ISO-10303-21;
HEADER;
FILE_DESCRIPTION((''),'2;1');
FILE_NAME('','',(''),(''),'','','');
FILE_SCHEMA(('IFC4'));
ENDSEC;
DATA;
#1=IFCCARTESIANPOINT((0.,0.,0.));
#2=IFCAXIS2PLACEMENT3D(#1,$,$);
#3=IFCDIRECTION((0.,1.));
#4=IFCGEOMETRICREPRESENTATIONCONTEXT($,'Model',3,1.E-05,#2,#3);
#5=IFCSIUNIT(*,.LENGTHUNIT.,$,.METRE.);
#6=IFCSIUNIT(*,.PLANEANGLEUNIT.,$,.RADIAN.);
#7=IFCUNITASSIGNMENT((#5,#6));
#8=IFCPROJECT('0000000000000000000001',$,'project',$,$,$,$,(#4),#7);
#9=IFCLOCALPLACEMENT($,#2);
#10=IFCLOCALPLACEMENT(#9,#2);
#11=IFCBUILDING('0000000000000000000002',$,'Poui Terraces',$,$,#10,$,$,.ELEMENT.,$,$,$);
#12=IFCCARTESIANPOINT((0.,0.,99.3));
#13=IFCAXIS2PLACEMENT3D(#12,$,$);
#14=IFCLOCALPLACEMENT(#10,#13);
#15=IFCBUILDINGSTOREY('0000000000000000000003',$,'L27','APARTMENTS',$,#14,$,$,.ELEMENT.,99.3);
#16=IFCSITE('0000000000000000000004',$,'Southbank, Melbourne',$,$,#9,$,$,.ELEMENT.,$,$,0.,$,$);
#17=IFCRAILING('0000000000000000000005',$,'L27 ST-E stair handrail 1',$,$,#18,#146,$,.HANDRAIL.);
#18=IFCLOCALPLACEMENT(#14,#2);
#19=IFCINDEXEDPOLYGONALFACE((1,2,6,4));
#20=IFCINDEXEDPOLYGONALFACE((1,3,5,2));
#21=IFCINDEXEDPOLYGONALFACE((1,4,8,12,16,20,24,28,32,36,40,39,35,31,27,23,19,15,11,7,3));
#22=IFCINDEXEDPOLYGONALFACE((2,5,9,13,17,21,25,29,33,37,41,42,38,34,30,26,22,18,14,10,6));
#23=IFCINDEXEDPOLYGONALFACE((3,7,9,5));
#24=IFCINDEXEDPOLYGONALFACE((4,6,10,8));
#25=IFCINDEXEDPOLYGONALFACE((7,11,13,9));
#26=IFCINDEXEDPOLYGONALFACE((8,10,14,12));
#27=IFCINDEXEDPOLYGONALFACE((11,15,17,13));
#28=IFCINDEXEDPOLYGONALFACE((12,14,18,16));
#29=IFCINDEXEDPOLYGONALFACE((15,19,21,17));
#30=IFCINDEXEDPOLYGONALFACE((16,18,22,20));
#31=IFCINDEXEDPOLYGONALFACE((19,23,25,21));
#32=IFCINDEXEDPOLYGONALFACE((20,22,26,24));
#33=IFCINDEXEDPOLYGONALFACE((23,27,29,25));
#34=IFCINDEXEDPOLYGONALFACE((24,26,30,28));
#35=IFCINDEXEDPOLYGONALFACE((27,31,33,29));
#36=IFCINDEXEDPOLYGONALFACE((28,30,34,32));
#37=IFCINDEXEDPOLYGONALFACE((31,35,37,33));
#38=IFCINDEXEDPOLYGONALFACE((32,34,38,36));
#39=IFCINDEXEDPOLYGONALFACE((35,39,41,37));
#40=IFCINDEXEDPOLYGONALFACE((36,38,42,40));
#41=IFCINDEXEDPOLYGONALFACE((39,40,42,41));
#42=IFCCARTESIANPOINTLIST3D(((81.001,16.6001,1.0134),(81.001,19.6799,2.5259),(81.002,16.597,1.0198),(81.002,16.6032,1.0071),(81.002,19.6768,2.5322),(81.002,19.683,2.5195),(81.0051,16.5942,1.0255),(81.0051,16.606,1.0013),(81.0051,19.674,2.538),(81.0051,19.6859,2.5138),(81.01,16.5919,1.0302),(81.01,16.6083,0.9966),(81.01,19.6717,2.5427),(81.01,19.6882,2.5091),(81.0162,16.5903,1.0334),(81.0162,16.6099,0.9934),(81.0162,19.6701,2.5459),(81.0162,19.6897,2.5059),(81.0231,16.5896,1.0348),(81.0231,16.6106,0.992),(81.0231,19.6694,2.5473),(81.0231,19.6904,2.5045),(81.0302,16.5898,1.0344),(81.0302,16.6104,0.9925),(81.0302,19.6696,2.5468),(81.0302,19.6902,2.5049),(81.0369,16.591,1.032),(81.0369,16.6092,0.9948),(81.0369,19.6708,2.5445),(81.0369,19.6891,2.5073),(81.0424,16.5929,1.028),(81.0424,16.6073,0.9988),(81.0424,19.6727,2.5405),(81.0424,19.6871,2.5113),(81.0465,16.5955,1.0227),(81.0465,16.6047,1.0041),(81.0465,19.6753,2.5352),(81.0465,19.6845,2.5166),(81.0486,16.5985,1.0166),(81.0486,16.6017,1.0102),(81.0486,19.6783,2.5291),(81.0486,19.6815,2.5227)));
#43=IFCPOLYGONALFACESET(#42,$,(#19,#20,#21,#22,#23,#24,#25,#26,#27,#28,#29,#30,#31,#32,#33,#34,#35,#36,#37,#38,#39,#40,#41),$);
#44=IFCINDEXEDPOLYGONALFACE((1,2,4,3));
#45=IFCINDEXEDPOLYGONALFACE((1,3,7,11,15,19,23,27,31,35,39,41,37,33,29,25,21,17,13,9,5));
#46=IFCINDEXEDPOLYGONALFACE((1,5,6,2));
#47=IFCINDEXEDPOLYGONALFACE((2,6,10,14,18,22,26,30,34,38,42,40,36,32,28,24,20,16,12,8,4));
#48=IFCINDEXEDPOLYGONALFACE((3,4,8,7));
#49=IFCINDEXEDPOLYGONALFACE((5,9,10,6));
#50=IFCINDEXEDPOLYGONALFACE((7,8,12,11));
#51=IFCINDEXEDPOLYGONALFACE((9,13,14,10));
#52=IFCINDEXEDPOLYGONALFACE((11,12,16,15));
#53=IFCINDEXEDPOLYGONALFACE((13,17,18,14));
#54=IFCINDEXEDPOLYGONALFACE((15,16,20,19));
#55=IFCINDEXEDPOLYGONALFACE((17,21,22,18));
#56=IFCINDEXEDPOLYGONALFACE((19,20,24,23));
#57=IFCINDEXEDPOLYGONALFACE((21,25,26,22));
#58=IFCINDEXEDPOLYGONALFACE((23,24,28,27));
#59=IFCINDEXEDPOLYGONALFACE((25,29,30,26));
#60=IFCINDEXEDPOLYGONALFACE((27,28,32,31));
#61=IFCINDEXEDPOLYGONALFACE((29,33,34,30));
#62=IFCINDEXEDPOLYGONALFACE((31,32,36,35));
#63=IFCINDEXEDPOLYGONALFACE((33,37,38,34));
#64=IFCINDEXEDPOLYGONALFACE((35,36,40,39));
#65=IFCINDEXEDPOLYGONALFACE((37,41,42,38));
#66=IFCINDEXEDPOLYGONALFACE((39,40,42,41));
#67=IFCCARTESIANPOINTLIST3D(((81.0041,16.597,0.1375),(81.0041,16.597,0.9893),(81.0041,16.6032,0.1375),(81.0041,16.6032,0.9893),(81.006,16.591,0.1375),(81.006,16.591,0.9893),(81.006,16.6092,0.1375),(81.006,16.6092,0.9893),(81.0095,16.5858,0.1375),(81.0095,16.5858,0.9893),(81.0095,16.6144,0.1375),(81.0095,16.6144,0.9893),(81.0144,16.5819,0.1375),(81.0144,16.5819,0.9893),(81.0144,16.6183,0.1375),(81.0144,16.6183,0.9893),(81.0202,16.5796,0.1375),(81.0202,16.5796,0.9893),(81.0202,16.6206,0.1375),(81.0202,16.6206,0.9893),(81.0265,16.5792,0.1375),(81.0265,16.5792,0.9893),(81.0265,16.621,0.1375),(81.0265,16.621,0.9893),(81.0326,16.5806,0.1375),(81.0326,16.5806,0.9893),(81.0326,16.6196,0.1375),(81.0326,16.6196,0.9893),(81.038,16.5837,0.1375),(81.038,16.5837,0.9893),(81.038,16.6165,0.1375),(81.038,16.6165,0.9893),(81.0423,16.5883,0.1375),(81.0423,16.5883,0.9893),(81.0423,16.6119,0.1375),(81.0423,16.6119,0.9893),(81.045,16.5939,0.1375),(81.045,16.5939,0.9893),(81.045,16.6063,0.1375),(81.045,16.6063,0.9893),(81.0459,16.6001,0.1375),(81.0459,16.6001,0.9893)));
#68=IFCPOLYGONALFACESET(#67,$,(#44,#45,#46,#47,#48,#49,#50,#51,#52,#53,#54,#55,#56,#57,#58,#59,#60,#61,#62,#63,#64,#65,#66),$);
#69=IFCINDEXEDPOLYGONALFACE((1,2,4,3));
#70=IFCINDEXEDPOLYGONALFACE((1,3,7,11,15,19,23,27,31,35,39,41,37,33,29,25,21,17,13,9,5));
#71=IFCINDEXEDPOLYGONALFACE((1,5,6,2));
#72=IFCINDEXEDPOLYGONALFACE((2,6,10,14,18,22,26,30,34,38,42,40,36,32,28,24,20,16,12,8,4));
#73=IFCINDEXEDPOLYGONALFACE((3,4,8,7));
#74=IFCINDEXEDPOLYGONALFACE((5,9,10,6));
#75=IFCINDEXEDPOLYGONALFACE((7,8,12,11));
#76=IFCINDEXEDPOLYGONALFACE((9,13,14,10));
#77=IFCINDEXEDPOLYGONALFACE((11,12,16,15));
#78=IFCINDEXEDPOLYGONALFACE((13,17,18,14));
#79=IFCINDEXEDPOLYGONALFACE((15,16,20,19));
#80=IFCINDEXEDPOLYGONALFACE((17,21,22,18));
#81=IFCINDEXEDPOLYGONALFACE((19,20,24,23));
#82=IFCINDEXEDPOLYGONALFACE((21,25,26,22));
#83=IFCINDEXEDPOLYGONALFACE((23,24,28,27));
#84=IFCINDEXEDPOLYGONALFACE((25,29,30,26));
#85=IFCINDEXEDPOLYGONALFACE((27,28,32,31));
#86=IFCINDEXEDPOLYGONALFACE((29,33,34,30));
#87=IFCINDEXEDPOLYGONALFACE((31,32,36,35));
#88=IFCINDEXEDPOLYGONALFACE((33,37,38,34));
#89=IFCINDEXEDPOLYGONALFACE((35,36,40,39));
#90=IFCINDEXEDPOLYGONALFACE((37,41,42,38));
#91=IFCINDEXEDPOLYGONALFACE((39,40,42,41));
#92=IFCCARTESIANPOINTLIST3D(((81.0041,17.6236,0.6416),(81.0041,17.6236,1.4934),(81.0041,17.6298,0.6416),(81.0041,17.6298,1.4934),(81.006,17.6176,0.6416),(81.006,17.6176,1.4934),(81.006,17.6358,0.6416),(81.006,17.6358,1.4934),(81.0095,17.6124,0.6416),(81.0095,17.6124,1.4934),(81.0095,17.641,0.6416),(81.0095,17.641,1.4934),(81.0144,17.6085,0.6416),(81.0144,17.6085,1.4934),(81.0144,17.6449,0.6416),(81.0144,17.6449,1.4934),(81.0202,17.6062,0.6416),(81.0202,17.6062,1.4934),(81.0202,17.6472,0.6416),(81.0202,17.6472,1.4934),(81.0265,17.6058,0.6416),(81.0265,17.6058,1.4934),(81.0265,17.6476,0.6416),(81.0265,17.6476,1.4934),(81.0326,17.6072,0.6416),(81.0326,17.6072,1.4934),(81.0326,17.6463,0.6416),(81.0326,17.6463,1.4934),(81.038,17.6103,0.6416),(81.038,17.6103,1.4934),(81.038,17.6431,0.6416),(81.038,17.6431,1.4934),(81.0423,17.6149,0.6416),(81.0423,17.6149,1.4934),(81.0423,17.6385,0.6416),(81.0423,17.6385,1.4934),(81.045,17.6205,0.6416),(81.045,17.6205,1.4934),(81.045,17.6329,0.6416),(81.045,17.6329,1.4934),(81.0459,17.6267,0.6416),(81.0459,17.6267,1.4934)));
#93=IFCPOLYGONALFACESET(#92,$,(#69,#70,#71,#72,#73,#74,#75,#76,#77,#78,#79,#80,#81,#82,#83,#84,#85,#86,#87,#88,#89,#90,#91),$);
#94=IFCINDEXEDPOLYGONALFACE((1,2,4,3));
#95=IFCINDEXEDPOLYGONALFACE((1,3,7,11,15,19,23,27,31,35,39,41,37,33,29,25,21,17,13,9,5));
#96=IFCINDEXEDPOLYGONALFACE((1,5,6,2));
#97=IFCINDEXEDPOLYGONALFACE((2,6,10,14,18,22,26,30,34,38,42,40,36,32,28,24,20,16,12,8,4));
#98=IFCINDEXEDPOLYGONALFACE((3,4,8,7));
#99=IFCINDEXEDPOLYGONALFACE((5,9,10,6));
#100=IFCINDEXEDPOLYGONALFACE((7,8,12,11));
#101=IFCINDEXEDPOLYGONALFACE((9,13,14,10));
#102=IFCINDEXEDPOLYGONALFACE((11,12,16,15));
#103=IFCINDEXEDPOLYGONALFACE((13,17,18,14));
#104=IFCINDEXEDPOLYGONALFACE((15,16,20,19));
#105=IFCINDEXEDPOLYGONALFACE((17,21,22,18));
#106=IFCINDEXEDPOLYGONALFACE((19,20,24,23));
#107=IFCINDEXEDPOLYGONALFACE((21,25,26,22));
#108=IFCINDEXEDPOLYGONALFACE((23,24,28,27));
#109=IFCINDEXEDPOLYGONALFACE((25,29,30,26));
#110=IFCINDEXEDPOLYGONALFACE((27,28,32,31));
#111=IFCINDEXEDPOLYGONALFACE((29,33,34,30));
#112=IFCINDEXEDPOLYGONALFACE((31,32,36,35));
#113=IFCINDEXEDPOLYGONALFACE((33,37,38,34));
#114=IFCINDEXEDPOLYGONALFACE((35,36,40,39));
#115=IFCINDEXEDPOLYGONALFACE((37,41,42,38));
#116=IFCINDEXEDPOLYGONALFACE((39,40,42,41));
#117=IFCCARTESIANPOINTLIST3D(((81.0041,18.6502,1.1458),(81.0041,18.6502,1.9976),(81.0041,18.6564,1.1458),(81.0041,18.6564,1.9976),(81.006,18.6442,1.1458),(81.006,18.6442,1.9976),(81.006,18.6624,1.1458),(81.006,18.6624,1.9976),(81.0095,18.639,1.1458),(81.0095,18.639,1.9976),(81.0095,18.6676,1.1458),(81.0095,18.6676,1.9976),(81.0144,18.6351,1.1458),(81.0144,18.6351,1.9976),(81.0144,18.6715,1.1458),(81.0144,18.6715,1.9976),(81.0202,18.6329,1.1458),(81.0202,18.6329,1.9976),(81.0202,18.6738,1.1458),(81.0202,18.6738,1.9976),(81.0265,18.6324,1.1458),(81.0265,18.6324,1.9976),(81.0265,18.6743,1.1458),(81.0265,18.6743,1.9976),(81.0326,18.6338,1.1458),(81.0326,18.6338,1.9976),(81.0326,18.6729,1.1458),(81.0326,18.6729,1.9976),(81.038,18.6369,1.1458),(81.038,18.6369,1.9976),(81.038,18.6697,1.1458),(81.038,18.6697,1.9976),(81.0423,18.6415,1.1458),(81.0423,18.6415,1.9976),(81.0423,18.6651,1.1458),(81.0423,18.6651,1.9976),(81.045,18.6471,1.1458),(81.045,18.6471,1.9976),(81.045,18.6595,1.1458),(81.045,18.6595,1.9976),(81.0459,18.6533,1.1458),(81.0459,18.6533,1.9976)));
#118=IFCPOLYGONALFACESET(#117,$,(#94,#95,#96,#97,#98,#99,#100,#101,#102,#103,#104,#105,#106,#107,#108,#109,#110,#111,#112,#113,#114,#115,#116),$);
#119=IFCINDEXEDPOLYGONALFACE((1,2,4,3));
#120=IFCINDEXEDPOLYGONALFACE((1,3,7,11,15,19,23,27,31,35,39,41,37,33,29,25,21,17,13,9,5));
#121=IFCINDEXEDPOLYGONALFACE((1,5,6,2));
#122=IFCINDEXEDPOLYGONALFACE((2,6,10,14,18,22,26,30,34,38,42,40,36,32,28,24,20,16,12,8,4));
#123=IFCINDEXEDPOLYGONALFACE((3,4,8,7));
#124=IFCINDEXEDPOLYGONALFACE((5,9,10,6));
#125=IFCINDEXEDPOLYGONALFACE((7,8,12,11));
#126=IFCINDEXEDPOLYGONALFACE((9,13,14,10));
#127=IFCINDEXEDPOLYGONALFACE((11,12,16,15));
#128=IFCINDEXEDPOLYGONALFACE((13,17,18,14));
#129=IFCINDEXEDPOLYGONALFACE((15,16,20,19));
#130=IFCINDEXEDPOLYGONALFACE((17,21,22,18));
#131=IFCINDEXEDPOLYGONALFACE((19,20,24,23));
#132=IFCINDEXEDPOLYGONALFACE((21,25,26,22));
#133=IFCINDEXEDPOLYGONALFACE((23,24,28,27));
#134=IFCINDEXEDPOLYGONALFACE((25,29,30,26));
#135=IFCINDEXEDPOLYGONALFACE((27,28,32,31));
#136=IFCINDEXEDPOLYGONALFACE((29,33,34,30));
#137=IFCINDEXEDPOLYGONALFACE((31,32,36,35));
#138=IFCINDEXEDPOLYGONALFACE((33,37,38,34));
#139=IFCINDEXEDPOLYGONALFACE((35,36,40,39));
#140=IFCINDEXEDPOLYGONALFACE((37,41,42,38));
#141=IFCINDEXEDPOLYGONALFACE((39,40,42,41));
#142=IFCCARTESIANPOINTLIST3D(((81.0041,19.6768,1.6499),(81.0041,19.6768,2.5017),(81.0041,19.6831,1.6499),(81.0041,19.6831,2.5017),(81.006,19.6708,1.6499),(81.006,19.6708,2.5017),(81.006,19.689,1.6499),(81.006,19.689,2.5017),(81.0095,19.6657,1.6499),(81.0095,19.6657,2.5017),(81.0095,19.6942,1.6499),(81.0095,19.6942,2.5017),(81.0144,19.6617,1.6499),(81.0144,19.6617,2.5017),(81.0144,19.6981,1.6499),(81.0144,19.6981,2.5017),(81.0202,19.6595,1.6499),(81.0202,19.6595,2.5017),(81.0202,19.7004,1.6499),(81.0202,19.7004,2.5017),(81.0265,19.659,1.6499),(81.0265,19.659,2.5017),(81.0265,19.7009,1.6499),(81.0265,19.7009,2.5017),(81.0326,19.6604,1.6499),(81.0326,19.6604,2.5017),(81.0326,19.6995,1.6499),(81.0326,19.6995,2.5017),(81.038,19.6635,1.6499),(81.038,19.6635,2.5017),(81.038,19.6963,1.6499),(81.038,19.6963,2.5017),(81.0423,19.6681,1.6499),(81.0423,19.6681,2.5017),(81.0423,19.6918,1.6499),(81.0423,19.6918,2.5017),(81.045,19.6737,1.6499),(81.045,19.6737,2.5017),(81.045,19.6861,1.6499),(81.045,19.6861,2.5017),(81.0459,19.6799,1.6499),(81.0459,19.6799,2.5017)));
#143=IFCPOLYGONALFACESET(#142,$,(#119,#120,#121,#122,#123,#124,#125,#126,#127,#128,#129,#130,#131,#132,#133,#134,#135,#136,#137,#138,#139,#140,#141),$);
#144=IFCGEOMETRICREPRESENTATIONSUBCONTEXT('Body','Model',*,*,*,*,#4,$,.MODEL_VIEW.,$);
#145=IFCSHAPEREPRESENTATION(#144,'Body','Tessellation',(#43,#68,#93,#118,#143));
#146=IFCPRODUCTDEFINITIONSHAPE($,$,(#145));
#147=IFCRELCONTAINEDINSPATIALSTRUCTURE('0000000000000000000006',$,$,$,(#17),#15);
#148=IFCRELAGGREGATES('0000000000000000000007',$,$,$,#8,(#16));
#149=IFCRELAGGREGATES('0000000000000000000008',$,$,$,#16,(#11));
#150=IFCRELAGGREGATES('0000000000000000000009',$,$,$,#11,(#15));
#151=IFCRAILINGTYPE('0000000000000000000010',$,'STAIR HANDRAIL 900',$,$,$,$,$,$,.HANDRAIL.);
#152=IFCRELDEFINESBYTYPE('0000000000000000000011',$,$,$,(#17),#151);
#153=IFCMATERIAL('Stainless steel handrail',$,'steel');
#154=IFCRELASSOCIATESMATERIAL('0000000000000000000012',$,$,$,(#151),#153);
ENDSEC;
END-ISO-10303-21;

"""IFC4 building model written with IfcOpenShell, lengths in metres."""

from ifc_helpers import new_model, si_unit, direction, frame, origin, origin_2d, place, context, subcontext, project, spatial, circle, extrude, material, type_object, element, save


model = new_model("IFC4")

# Units and contexts
model_context = context("Model", 3, precision=1e-05, world=origin(), true_north=direction((0.0, 1.0)))
body_context = subcontext(model_context, "Body", "Model", "MODEL_VIEW")
ifc_project = project(units=[si_unit("LENGTHUNIT", "METRE"), si_unit("PLANEANGLEUNIT", "RADIAN")], contexts=[model_context])

# Site, building, storey
site_placement = place(None, origin())
site = spatial("IfcSite", under=ifc_project, at=site_placement, Name="Southbank, Melbourne", CompositionType="ELEMENT", RefElevation=0.0)
building_placement = place(site_placement, origin())
building = spatial("IfcBuilding", under=site, at=building_placement, Name="Poui Terraces", CompositionType="ELEMENT")
storey_placement = place(building_placement, frame((0.0, 0.0, 99.3)))
storey = spatial("IfcBuildingStorey", under=building, at=storey_placement, Name="L27", Description="APARTMENTS", CompositionType="ELEMENT", Elevation=99.3)

# Railing
ifc_material_1 = material(Name="Stainless steel handrail", Category="steel")
railing_type = type_object("IfcRailingType", Name="STAIR HANDRAIL 900", PredefinedType="HANDRAIL", material=ifc_material_1)
railing_placement = place(storey_placement, frame((81.0249, 16.6001, 0.1375)))
element("IfcRailing", 1, at=railing_placement, inside=storey, type_object=railing_type, Name="L27 ST-E stair handrail 1", PredefinedType="HANDRAIL", context=body_context, shape_type="SweptSolid", body=[
    extrude(circle(Radius=0.0239, at=origin_2d()), frame((0.0, 0.0, 0.876), z_axis=(0.0, 0.897606, 0.440798), x_axis=(-1.0, 0.0, 0.0)), (0.0, 0.0, 1.0), 3.4312),
    extrude(circle(Radius=0.021, at=origin_2d()), origin(), (0.0, 0.0, 1.0), 0.8518),
    extrude(circle(Radius=0.021, at=origin_2d()), frame((0.0, 1.0266, 0.5042)), (0.0, 0.0, 1.0), 0.8518),
    extrude(circle(Radius=0.021, at=origin_2d()), frame((0.0, 2.0532, 1.0083)), (0.0, 0.0, 1.0), 0.8518),
    extrude(circle(Radius=0.021, at=origin_2d()), frame((0.0, 3.0798, 1.5125)), (0.0, 0.0, 1.0), 0.8518),
])

save(model, "model.ifc")
